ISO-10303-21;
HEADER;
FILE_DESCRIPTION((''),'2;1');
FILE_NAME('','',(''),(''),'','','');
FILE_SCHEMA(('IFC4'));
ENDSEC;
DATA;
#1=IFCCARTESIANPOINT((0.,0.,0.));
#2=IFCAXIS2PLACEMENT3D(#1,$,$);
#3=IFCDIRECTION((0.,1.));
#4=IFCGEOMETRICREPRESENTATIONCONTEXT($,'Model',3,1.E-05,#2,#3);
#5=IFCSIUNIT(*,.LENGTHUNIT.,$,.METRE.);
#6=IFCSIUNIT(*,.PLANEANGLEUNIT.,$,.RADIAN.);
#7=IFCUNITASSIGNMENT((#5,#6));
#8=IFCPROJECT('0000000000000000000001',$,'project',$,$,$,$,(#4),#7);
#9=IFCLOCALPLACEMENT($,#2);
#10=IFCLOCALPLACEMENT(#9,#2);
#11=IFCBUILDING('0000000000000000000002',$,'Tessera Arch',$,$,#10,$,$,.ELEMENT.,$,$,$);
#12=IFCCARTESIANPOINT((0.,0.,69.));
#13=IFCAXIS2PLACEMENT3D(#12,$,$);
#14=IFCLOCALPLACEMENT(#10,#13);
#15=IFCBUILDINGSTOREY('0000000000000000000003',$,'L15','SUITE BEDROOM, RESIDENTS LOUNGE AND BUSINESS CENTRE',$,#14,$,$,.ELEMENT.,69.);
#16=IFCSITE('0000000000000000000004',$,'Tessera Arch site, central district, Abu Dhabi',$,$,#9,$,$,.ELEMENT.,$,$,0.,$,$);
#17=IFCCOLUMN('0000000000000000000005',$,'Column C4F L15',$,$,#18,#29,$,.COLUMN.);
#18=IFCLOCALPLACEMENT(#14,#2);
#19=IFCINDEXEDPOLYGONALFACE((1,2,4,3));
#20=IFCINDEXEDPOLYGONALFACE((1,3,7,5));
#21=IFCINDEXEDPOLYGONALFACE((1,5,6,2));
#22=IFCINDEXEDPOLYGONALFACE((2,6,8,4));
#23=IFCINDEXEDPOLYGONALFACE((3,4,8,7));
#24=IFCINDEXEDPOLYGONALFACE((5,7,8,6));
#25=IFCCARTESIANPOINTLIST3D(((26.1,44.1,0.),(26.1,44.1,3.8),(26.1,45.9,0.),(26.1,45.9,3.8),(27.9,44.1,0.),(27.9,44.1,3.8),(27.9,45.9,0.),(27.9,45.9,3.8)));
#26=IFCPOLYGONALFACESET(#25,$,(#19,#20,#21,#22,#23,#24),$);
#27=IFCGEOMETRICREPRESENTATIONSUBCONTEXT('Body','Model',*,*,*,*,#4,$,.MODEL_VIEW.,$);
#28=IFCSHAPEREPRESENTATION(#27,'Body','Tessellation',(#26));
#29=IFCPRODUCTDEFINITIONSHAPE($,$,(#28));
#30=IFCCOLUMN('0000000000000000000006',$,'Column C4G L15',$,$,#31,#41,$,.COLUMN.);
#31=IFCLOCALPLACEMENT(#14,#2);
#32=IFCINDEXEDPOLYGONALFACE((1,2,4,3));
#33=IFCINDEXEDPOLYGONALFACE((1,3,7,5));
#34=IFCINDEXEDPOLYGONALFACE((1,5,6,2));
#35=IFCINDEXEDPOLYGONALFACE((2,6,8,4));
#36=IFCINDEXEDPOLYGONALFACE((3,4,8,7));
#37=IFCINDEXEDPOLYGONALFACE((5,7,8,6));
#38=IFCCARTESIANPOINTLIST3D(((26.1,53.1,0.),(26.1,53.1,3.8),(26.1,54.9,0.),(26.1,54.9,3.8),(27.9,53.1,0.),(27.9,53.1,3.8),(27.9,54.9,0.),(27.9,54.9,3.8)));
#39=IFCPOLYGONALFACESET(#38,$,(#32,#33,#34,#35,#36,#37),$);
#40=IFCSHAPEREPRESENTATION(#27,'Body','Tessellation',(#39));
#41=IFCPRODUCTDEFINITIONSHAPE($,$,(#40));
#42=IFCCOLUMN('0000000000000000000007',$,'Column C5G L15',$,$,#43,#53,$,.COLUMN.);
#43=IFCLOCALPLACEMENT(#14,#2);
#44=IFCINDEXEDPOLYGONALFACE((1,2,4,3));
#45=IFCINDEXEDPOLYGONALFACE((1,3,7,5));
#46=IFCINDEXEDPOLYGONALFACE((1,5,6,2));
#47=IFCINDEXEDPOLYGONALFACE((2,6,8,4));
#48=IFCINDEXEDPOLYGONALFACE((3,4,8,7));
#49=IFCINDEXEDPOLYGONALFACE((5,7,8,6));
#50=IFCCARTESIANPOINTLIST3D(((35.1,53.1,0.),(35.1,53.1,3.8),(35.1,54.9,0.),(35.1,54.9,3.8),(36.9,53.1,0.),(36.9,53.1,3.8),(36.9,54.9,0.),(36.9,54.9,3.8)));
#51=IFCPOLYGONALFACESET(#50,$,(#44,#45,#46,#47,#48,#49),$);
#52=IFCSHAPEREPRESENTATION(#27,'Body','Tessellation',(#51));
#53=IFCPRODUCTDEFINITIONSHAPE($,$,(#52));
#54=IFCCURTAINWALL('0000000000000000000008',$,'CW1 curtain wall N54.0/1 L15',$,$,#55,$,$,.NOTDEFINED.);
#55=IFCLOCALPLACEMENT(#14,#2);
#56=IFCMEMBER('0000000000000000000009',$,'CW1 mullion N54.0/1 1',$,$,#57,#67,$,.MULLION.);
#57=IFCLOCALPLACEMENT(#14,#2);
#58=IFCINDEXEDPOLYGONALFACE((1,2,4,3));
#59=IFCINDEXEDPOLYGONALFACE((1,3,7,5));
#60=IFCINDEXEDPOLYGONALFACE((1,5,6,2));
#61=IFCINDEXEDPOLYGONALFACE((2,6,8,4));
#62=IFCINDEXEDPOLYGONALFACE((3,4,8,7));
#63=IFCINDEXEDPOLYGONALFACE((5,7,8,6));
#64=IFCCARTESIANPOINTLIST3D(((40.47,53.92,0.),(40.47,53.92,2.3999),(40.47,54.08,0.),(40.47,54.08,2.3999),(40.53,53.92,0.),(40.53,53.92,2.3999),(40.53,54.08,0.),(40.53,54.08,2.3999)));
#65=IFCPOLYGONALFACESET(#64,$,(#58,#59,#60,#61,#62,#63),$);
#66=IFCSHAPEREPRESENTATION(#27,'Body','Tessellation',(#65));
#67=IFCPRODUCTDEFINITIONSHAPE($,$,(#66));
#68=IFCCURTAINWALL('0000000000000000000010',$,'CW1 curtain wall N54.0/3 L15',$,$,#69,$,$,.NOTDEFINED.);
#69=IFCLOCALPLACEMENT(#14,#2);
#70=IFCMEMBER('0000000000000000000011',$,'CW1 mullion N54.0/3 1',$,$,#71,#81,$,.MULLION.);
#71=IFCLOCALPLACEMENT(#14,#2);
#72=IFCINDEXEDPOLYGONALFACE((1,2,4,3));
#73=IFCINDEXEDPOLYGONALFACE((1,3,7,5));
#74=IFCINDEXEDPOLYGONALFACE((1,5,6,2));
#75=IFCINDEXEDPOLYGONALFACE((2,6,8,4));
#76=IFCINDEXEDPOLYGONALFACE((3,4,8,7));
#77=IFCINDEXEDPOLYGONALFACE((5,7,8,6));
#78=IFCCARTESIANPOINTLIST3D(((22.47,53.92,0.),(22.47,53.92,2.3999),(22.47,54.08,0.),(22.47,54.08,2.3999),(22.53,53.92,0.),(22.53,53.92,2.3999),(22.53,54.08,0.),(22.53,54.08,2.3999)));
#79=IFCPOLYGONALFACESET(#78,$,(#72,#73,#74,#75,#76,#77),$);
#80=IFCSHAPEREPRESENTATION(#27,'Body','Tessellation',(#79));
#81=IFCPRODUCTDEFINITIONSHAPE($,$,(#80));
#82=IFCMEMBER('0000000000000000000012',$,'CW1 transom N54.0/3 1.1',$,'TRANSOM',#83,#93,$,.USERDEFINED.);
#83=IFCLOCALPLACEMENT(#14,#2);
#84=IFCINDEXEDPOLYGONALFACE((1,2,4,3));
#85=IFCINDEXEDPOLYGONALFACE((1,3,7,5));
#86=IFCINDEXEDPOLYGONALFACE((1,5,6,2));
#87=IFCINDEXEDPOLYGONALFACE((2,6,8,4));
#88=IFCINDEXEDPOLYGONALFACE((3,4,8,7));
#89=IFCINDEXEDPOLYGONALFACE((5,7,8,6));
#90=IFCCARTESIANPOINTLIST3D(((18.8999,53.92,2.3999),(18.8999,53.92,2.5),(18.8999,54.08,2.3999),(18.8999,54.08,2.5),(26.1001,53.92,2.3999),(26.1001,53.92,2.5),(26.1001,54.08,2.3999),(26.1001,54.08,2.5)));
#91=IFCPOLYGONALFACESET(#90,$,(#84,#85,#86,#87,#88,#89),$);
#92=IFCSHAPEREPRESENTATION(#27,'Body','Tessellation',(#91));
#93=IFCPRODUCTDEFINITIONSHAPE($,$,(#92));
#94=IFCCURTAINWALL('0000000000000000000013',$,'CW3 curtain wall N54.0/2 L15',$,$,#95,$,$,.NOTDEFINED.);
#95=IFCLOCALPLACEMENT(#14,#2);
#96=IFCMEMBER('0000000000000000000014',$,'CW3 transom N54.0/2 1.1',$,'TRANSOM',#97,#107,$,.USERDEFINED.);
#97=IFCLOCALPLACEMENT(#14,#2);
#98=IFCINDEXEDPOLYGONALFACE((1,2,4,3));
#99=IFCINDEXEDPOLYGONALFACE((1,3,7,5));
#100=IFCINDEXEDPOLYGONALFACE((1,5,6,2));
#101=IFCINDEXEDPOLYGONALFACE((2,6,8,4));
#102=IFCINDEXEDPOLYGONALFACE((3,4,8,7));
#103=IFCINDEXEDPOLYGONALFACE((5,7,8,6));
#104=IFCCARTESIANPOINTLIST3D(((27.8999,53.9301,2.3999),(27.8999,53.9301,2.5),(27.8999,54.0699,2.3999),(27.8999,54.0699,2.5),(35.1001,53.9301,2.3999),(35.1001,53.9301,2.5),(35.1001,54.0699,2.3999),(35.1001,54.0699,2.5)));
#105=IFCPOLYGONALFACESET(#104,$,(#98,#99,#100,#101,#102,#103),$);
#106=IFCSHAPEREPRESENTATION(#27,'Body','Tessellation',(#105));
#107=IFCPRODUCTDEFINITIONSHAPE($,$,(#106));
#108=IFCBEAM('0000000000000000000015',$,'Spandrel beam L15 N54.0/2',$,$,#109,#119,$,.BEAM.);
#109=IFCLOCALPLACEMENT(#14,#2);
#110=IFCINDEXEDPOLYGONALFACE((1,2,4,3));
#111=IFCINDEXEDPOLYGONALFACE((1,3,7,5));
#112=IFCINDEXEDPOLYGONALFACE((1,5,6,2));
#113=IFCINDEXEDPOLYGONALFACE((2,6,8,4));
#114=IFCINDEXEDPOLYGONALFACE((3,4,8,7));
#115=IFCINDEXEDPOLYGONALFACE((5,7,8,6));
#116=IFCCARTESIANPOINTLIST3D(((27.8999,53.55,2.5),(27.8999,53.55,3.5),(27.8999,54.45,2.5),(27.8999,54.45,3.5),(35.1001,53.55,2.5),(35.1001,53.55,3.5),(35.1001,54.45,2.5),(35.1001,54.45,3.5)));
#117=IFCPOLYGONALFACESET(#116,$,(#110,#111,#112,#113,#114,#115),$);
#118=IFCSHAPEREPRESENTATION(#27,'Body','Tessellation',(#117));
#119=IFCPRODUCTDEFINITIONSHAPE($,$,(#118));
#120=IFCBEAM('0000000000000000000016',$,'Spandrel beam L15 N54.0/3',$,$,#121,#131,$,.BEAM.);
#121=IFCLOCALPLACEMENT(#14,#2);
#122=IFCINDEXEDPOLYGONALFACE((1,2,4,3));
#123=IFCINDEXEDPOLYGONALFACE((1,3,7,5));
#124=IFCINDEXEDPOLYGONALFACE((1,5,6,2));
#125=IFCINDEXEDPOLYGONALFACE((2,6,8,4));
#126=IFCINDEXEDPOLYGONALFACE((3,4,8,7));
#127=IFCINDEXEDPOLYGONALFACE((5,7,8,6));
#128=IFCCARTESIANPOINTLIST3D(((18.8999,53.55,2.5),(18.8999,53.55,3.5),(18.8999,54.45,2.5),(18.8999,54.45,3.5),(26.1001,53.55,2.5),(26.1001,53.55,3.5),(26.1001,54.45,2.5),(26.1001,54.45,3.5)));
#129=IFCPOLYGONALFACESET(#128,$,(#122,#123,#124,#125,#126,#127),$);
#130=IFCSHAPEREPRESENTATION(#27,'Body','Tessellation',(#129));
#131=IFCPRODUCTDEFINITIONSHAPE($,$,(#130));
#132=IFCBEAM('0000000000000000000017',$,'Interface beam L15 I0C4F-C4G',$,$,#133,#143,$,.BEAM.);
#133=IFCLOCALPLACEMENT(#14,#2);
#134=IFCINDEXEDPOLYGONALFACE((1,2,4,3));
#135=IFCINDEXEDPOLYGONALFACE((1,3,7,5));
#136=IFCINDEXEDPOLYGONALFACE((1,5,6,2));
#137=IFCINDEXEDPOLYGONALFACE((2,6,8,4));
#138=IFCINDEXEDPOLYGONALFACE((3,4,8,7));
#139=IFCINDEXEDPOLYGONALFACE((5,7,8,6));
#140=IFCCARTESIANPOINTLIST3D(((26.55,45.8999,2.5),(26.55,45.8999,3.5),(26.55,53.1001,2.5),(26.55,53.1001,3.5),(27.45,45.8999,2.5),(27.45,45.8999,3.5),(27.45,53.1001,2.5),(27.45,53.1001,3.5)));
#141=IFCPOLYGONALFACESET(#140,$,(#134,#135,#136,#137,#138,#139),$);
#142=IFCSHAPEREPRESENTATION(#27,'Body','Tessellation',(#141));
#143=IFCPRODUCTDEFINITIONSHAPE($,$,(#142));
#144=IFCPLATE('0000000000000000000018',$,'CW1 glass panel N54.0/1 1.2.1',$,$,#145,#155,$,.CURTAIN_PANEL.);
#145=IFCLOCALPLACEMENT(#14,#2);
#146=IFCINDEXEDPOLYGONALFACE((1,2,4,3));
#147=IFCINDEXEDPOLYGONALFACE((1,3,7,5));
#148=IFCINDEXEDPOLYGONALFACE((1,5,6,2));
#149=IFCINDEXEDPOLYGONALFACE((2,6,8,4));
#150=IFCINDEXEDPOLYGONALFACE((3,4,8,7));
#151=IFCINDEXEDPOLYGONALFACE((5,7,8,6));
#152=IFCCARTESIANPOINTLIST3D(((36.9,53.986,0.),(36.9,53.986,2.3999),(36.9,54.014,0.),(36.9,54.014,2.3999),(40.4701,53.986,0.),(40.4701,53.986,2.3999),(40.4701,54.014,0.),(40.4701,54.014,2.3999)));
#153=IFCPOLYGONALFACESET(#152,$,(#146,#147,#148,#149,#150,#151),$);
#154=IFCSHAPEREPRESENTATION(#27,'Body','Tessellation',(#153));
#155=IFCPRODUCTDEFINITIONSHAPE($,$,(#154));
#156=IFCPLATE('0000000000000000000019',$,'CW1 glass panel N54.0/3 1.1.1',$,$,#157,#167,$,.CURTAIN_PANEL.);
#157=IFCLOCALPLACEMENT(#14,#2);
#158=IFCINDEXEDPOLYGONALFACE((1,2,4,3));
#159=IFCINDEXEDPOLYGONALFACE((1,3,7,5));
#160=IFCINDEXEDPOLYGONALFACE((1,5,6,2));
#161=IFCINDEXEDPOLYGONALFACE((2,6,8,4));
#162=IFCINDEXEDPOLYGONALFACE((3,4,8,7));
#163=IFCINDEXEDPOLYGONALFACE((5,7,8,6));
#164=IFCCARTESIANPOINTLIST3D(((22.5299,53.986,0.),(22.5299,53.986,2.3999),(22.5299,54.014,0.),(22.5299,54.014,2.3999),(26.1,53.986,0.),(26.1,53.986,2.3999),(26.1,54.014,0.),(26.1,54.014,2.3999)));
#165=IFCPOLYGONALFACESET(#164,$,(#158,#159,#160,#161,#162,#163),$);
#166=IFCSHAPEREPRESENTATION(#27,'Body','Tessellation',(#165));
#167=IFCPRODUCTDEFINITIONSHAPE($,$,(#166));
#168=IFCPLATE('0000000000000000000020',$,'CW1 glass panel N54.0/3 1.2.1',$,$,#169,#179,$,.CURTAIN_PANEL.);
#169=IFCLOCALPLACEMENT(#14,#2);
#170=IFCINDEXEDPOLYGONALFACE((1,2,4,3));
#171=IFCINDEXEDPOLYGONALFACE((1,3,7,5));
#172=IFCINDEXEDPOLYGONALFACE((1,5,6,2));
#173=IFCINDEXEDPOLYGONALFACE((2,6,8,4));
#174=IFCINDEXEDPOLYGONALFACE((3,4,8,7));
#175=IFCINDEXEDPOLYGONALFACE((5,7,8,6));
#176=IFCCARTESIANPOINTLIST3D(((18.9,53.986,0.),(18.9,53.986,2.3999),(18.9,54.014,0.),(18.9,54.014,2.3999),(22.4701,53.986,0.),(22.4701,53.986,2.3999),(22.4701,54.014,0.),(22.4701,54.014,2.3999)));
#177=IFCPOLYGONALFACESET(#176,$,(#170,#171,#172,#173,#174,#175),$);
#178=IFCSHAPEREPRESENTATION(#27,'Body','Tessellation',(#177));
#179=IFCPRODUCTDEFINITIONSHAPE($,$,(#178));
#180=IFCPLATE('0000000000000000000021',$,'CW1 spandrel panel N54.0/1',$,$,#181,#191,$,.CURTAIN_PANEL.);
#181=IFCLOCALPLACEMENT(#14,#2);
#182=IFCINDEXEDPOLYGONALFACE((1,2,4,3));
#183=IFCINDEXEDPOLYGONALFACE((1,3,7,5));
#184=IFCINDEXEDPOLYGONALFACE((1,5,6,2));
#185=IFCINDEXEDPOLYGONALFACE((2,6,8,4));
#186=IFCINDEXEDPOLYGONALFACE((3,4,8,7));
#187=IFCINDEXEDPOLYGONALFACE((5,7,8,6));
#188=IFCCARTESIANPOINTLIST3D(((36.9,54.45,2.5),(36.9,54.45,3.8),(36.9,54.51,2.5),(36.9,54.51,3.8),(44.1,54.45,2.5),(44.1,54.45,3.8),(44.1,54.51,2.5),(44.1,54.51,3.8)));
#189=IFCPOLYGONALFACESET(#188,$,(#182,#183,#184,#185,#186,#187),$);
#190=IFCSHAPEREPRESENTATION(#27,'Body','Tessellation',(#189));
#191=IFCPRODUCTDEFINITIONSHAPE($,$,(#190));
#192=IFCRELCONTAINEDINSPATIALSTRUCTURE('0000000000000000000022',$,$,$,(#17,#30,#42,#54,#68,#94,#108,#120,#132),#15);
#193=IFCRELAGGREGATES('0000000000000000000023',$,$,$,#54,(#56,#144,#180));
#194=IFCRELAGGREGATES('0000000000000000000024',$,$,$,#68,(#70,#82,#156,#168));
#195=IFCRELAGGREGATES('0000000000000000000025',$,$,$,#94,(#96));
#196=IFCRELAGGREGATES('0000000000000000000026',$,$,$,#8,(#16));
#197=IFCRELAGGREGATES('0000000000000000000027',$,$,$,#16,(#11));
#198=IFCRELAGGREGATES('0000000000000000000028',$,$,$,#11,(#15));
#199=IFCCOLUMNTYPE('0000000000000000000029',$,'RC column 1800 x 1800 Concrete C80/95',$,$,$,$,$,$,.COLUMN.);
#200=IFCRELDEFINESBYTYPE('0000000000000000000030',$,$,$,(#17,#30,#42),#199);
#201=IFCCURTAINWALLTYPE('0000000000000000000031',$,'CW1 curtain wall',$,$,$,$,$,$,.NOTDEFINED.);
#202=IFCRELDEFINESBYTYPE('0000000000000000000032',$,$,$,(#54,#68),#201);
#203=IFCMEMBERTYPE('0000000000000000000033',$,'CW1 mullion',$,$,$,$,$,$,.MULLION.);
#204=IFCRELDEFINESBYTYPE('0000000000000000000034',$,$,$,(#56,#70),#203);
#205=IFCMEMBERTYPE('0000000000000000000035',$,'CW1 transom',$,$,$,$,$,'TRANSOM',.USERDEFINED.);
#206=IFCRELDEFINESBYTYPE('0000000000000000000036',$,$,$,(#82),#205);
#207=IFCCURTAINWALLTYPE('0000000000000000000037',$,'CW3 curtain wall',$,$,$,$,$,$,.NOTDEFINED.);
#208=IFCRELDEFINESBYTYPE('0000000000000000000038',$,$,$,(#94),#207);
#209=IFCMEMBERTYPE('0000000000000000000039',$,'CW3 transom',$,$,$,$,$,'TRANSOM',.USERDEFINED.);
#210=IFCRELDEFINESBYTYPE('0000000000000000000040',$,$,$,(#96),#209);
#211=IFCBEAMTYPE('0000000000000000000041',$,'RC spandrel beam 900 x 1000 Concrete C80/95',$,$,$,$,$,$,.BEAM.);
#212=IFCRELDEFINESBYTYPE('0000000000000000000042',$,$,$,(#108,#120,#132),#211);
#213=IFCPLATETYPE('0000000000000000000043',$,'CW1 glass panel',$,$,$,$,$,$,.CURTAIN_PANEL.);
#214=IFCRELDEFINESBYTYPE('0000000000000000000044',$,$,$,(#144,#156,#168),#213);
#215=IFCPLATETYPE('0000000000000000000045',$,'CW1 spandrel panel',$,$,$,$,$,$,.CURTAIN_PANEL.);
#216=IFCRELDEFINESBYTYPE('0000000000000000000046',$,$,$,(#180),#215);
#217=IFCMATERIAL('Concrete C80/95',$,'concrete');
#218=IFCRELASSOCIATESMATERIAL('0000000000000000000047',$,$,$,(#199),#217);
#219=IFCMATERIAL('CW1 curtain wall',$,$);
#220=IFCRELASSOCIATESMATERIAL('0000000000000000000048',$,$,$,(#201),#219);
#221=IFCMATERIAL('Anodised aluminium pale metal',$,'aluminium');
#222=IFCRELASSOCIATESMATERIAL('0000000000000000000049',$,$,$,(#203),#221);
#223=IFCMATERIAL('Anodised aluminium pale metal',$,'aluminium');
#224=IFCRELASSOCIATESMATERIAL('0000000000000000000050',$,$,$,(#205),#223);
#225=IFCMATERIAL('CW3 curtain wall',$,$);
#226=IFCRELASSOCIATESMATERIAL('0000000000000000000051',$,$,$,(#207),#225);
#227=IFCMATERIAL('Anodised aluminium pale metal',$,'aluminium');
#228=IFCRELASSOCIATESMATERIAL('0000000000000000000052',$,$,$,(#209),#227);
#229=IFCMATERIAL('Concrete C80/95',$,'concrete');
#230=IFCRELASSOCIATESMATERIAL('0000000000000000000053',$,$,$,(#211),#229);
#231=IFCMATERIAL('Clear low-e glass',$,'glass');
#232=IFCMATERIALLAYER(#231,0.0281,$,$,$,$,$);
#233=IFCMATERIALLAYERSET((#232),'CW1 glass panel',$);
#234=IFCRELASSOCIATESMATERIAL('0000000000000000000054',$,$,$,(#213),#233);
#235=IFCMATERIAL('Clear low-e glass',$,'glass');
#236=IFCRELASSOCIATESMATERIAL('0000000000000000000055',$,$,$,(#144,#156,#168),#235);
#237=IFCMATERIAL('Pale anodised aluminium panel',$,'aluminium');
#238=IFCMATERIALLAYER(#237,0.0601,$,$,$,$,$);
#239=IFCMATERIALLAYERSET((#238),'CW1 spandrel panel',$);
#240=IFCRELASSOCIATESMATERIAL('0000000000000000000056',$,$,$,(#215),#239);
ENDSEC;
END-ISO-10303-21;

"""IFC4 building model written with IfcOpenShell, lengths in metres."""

from ifc_helpers import new_model, si_unit, direction, frame, origin, origin_2d, place, context, subcontext, project, spatial, rectangle, extrude, material, layer, layer_set, material_profile, profile_set, type_object, element, aggregate, save


model = new_model("IFC4")

# Units and contexts
model_context = context("Model", 3, precision=1e-05, world=origin(), true_north=direction((0.0, 1.0)))
body_context = subcontext(model_context, "Body", "Model", "MODEL_VIEW")
ifc_project = project(units=[si_unit("LENGTHUNIT", "METRE"), si_unit("PLANEANGLEUNIT", "RADIAN")], contexts=[model_context])

# Site, building, storey
site_placement = place(None, origin())
site = spatial("IfcSite", under=ifc_project, at=site_placement, Name="Tessera Arch site, central district, Abu Dhabi", CompositionType="ELEMENT", RefElevation=0.0)
building_placement = place(site_placement, origin())
building = spatial("IfcBuilding", under=site, at=building_placement, Name="Tessera Arch", CompositionType="ELEMENT")
storey_placement = place(building_placement, frame((0.0, 0.0, 69.0)))
storey = spatial("IfcBuildingStorey", under=building, at=storey_placement, Name="L15", Description="SUITE BEDROOM, RESIDENTS LOUNGE AND BUSINESS CENTRE", CompositionType="ELEMENT", Elevation=69.0)

# Columns
ifc_material_1 = material(Name="Concrete C80/95", Category="concrete")
ifc_material_profile_1 = material_profile(ifc_material_1, rectangle(XDim=1.8, YDim=1.8, at=origin_2d()), Name="RC column 1800 x 1800 Concrete C80/95")
ifc_profile_set_1 = profile_set([ifc_material_profile_1], Name="Concrete C80/95")
column_type = type_object("IfcColumnType", Name="RC column 1800 x 1800 Concrete C80/95", PredefinedType="COLUMN", material=ifc_profile_set_1)
for number, where, z_axis, x_axis, name in (
    (1, (27.0, 45.0, 0.0), (0.0, 0.0, 1.0), (1.0, 0.0, 0.0), "Column C4F L15"),
    (2, (27.0, 54.0, 0.0), (0.0, 0.0, 1.0), (1.0, 0.0, 0.0), "Column C4G L15"),
    (3, (36.0, 54.0, 0.0), (0.0, 0.0, 1.0), (1.0, 0.0, 0.0), "Column C5G L15"),
):
    element("IfcColumn", number, at=place(storey_placement, frame(where, z_axis=z_axis, x_axis=x_axis)), inside=storey, type_object=column_type, Name=name, PredefinedType="COLUMN", context=body_context, shape_type="SweptSolid", body=[
        extrude(rectangle(XDim=1.8, YDim=1.8, at=origin_2d()), origin(), (0.0, 0.0, 1.0), 3.8),
    ])

# Curtain wall, member
ifc_material_2 = material(Name="CW1 curtain wall")
curtain_wall_type_1 = type_object("IfcCurtainWallType", Name="CW1 curtain wall", PredefinedType="NOTDEFINED", material=ifc_material_2)
curtain_wall_1_placement = place(storey_placement, origin())
curtain_wall_1 = element("IfcCurtainWall", 4, at=curtain_wall_1_placement, inside=storey, type_object=curtain_wall_type_1, Name="CW1 curtain wall N54.0/1 L15", PredefinedType="NOTDEFINED")
ifc_material_3 = material(Name="Anodised aluminium pale metal", Category="aluminium")
ifc_material_profile_2 = material_profile(ifc_material_3, rectangle(XDim=0.1599, YDim=0.0601, at=origin_2d()), Name="AL 60x160")
ifc_profile_set_2 = profile_set([ifc_material_profile_2], Name="Anodised aluminium pale metal")
member_type_1 = type_object("IfcMemberType", Name="CW1 mullion", PredefinedType="MULLION", material=ifc_profile_set_2)
member_1_placement = place(storey_placement, frame((40.5, 54.0, 0.0), z_axis=(0.0, 0.0, 1.0), x_axis=(0.0, -1.0, 0.0)))
member_1 = element("IfcMember", 5, at=member_1_placement, type_object=member_type_1, Name="CW1 mullion N54.0/1 1", PredefinedType="MULLION", context=body_context, shape_type="SweptSolid", body=[
    extrude(rectangle(XDim=0.1599, YDim=0.0601, at=origin_2d()), origin(), (0.0, 0.0, 1.0), 2.3999),
])

# Curtain wall, members
curtain_wall_2_placement = place(storey_placement, origin())
curtain_wall_2 = element("IfcCurtainWall", 6, at=curtain_wall_2_placement, inside=storey, type_object=curtain_wall_type_1, Name="CW1 curtain wall N54.0/3 L15", PredefinedType="NOTDEFINED")
member_2_placement = place(storey_placement, frame((22.5, 54.0, 0.0), z_axis=(0.0, 0.0, 1.0), x_axis=(0.0, -1.0, 0.0)))
member_2 = element("IfcMember", 7, at=member_2_placement, type_object=member_type_1, Name="CW1 mullion N54.0/3 1", PredefinedType="MULLION", context=body_context, shape_type="SweptSolid", body=[
    extrude(rectangle(XDim=0.1599, YDim=0.0601, at=origin_2d()), origin(), (0.0, 0.0, 1.0), 2.3999),
])
ifc_material_4 = material(Name="Anodised aluminium pale metal", Category="aluminium")
ifc_material_profile_3 = material_profile(ifc_material_4, rectangle(XDim=0.1599, YDim=0.1001, at=origin_2d()), Name="AL 160x100")
ifc_profile_set_3 = profile_set([ifc_material_profile_3], Name="Anodised aluminium pale metal")
member_type_2 = type_object("IfcMemberType", Name="CW1 transom", ElementType="TRANSOM", PredefinedType="USERDEFINED", material=ifc_profile_set_3)
member_3_placement = place(storey_placement, frame((26.1001, 54.0, 2.45), z_axis=(-1.0, 0.0, 0.0), x_axis=(0.0, -1.0, 0.0)))
member_3 = element("IfcMember", 8, at=member_3_placement, type_object=member_type_2, Name="CW1 transom N54.0/3 1.1", ObjectType="TRANSOM", PredefinedType="USERDEFINED", context=body_context, shape_type="SweptSolid", body=[
    extrude(rectangle(XDim=0.1599, YDim=0.1001, at=origin_2d()), origin(), (0.0, 0.0, 1.0), 7.2002),
])

# Curtain wall, member
ifc_material_5 = material(Name="CW3 curtain wall")
curtain_wall_type_2 = type_object("IfcCurtainWallType", Name="CW3 curtain wall", PredefinedType="NOTDEFINED", material=ifc_material_5)
curtain_wall_3_placement = place(storey_placement, origin())
curtain_wall_3 = element("IfcCurtainWall", 9, at=curtain_wall_3_placement, inside=storey, type_object=curtain_wall_type_2, Name="CW3 curtain wall N54.0/2 L15", PredefinedType="NOTDEFINED")
ifc_material_6 = material(Name="Anodised aluminium pale metal", Category="aluminium")
ifc_material_profile_4 = material_profile(ifc_material_6, rectangle(XDim=0.1399, YDim=0.1001, at=origin_2d()), Name="AL 140x100")
ifc_profile_set_4 = profile_set([ifc_material_profile_4], Name="Anodised aluminium pale metal")
member_type_3 = type_object("IfcMemberType", Name="CW3 transom", ElementType="TRANSOM", PredefinedType="USERDEFINED", material=ifc_profile_set_4)
member_4_placement = place(storey_placement, frame((35.1001, 54.0, 2.45), z_axis=(-1.0, 0.0, 0.0), x_axis=(0.0, -1.0, 0.0)))
member_4 = element("IfcMember", 10, at=member_4_placement, type_object=member_type_3, Name="CW3 transom N54.0/2 1.1", ObjectType="TRANSOM", PredefinedType="USERDEFINED", context=body_context, shape_type="SweptSolid", body=[
    extrude(rectangle(XDim=0.1399, YDim=0.1001, at=origin_2d()), origin(), (0.0, 0.0, 1.0), 7.2002),
])

# Beams
ifc_material_7 = material(Name="Concrete C80/95", Category="concrete")
ifc_material_profile_5 = material_profile(ifc_material_7, rectangle(XDim=0.8999, YDim=1.0, at=origin_2d()), Name="RC spandrel beam 900 x 1000 Concrete C80/95")
ifc_profile_set_5 = profile_set([ifc_material_profile_5], Name="Concrete C80/95")
beam_type = type_object("IfcBeamType", Name="RC spandrel beam 900 x 1000 Concrete C80/95", PredefinedType="BEAM", material=ifc_profile_set_5)
for number, where, z_axis, x_axis, name in (
    (11, (35.1001, 54.0, 3.0), (-1.0, 0.0, 0.0), (0.0, -1.0, 0.0), "Spandrel beam L15 N54.0/2"),
    (12, (26.1001, 54.0, 3.0), (-1.0, 0.0, 0.0), (0.0, -1.0, 0.0), "Spandrel beam L15 N54.0/3"),
    (13, (27.0, 45.8999, 3.0), (0.0, 1.0, 0.0), (-1.0, 0.0, 0.0), "Interface beam L15 I0C4F-C4G"),
):
    element("IfcBeam", number, at=place(storey_placement, frame(where, z_axis=z_axis, x_axis=x_axis)), inside=storey, type_object=beam_type, Name=name, PredefinedType="BEAM", context=body_context, shape_type="SweptSolid", body=[
        extrude(rectangle(XDim=0.8999, YDim=1.0, at=origin_2d()), origin(), (0.0, 0.0, 1.0), 7.2002),
    ])

# Plates
ifc_material_8 = material(Name="Clear low-e glass", Category="glass")
ifc_material_9 = material(Name="Clear low-e glass", Category="glass")
ifc_layer_1 = layer(ifc_material_9, 0.0281)
ifc_layer_set_1 = layer_set([ifc_layer_1], Name="CW1 glass panel")
plate_type_1 = type_object("IfcPlateType", Name="CW1 glass panel", PredefinedType="CURTAIN_PANEL", material=ifc_layer_set_1)
plate_1_placement = place(storey_placement, frame((38.6851, 54.0, 0.0), z_axis=(0.0, 0.0, 1.0), x_axis=(-1.0, 0.0, 0.0)))
plate_1 = element("IfcPlate", 14, at=plate_1_placement, type_object=plate_type_1, material=ifc_material_8, Name="CW1 glass panel N54.0/1 1.2.1", PredefinedType="CURTAIN_PANEL", context=body_context, shape_type="SweptSolid", body=[
    extrude(rectangle(XDim=3.5701, YDim=0.0281, at=origin_2d()), origin(), (0.0, 0.0, 1.0), 2.3999),
])
plate_2_placement = place(storey_placement, frame((24.3149, 54.0, 0.0), z_axis=(0.0, 0.0, 1.0), x_axis=(-1.0, 0.0, 0.0)))
plate_2 = element("IfcPlate", 15, at=plate_2_placement, type_object=plate_type_1, material=ifc_material_8, Name="CW1 glass panel N54.0/3 1.1.1", PredefinedType="CURTAIN_PANEL", context=body_context, shape_type="SweptSolid", body=[
    extrude(rectangle(XDim=3.5701, YDim=0.0281, at=origin_2d()), origin(), (0.0, 0.0, 1.0), 2.3999),
])
plate_3_placement = place(storey_placement, frame((20.6851, 54.0, 0.0), z_axis=(0.0, 0.0, 1.0), x_axis=(-1.0, 0.0, 0.0)))
plate_3 = element("IfcPlate", 16, at=plate_3_placement, type_object=plate_type_1, material=ifc_material_8, Name="CW1 glass panel N54.0/3 1.2.1", PredefinedType="CURTAIN_PANEL", context=body_context, shape_type="SweptSolid", body=[
    extrude(rectangle(XDim=3.5701, YDim=0.0281, at=origin_2d()), origin(), (0.0, 0.0, 1.0), 2.3999),
])
ifc_material_10 = material(Name="Pale anodised aluminium panel", Category="aluminium")
ifc_layer_2 = layer(ifc_material_10, 0.0601)
ifc_layer_set_2 = layer_set([ifc_layer_2], Name="CW1 spandrel panel")
plate_type_2 = type_object("IfcPlateType", Name="CW1 spandrel panel", PredefinedType="CURTAIN_PANEL", material=ifc_layer_set_2)
plate_4_placement = place(storey_placement, frame((40.5, 54.48, 2.5), z_axis=(0.0, 0.0, 1.0), x_axis=(-1.0, 0.0, 0.0)))
plate_4 = element("IfcPlate", 17, at=plate_4_placement, type_object=plate_type_2, Name="CW1 spandrel panel N54.0/1", PredefinedType="CURTAIN_PANEL", context=body_context, shape_type="SweptSolid", body=[
    extrude(rectangle(XDim=7.2, YDim=0.0601, at=origin_2d()), origin(), (0.0, 0.0, 1.0), 1.3),
])
aggregate(curtain_wall_1, [member_1, plate_1, plate_4])
aggregate(curtain_wall_2, [member_2, member_3, plate_2, plate_3])
aggregate(curtain_wall_3, [member_4])

save(model, "model.ifc")
